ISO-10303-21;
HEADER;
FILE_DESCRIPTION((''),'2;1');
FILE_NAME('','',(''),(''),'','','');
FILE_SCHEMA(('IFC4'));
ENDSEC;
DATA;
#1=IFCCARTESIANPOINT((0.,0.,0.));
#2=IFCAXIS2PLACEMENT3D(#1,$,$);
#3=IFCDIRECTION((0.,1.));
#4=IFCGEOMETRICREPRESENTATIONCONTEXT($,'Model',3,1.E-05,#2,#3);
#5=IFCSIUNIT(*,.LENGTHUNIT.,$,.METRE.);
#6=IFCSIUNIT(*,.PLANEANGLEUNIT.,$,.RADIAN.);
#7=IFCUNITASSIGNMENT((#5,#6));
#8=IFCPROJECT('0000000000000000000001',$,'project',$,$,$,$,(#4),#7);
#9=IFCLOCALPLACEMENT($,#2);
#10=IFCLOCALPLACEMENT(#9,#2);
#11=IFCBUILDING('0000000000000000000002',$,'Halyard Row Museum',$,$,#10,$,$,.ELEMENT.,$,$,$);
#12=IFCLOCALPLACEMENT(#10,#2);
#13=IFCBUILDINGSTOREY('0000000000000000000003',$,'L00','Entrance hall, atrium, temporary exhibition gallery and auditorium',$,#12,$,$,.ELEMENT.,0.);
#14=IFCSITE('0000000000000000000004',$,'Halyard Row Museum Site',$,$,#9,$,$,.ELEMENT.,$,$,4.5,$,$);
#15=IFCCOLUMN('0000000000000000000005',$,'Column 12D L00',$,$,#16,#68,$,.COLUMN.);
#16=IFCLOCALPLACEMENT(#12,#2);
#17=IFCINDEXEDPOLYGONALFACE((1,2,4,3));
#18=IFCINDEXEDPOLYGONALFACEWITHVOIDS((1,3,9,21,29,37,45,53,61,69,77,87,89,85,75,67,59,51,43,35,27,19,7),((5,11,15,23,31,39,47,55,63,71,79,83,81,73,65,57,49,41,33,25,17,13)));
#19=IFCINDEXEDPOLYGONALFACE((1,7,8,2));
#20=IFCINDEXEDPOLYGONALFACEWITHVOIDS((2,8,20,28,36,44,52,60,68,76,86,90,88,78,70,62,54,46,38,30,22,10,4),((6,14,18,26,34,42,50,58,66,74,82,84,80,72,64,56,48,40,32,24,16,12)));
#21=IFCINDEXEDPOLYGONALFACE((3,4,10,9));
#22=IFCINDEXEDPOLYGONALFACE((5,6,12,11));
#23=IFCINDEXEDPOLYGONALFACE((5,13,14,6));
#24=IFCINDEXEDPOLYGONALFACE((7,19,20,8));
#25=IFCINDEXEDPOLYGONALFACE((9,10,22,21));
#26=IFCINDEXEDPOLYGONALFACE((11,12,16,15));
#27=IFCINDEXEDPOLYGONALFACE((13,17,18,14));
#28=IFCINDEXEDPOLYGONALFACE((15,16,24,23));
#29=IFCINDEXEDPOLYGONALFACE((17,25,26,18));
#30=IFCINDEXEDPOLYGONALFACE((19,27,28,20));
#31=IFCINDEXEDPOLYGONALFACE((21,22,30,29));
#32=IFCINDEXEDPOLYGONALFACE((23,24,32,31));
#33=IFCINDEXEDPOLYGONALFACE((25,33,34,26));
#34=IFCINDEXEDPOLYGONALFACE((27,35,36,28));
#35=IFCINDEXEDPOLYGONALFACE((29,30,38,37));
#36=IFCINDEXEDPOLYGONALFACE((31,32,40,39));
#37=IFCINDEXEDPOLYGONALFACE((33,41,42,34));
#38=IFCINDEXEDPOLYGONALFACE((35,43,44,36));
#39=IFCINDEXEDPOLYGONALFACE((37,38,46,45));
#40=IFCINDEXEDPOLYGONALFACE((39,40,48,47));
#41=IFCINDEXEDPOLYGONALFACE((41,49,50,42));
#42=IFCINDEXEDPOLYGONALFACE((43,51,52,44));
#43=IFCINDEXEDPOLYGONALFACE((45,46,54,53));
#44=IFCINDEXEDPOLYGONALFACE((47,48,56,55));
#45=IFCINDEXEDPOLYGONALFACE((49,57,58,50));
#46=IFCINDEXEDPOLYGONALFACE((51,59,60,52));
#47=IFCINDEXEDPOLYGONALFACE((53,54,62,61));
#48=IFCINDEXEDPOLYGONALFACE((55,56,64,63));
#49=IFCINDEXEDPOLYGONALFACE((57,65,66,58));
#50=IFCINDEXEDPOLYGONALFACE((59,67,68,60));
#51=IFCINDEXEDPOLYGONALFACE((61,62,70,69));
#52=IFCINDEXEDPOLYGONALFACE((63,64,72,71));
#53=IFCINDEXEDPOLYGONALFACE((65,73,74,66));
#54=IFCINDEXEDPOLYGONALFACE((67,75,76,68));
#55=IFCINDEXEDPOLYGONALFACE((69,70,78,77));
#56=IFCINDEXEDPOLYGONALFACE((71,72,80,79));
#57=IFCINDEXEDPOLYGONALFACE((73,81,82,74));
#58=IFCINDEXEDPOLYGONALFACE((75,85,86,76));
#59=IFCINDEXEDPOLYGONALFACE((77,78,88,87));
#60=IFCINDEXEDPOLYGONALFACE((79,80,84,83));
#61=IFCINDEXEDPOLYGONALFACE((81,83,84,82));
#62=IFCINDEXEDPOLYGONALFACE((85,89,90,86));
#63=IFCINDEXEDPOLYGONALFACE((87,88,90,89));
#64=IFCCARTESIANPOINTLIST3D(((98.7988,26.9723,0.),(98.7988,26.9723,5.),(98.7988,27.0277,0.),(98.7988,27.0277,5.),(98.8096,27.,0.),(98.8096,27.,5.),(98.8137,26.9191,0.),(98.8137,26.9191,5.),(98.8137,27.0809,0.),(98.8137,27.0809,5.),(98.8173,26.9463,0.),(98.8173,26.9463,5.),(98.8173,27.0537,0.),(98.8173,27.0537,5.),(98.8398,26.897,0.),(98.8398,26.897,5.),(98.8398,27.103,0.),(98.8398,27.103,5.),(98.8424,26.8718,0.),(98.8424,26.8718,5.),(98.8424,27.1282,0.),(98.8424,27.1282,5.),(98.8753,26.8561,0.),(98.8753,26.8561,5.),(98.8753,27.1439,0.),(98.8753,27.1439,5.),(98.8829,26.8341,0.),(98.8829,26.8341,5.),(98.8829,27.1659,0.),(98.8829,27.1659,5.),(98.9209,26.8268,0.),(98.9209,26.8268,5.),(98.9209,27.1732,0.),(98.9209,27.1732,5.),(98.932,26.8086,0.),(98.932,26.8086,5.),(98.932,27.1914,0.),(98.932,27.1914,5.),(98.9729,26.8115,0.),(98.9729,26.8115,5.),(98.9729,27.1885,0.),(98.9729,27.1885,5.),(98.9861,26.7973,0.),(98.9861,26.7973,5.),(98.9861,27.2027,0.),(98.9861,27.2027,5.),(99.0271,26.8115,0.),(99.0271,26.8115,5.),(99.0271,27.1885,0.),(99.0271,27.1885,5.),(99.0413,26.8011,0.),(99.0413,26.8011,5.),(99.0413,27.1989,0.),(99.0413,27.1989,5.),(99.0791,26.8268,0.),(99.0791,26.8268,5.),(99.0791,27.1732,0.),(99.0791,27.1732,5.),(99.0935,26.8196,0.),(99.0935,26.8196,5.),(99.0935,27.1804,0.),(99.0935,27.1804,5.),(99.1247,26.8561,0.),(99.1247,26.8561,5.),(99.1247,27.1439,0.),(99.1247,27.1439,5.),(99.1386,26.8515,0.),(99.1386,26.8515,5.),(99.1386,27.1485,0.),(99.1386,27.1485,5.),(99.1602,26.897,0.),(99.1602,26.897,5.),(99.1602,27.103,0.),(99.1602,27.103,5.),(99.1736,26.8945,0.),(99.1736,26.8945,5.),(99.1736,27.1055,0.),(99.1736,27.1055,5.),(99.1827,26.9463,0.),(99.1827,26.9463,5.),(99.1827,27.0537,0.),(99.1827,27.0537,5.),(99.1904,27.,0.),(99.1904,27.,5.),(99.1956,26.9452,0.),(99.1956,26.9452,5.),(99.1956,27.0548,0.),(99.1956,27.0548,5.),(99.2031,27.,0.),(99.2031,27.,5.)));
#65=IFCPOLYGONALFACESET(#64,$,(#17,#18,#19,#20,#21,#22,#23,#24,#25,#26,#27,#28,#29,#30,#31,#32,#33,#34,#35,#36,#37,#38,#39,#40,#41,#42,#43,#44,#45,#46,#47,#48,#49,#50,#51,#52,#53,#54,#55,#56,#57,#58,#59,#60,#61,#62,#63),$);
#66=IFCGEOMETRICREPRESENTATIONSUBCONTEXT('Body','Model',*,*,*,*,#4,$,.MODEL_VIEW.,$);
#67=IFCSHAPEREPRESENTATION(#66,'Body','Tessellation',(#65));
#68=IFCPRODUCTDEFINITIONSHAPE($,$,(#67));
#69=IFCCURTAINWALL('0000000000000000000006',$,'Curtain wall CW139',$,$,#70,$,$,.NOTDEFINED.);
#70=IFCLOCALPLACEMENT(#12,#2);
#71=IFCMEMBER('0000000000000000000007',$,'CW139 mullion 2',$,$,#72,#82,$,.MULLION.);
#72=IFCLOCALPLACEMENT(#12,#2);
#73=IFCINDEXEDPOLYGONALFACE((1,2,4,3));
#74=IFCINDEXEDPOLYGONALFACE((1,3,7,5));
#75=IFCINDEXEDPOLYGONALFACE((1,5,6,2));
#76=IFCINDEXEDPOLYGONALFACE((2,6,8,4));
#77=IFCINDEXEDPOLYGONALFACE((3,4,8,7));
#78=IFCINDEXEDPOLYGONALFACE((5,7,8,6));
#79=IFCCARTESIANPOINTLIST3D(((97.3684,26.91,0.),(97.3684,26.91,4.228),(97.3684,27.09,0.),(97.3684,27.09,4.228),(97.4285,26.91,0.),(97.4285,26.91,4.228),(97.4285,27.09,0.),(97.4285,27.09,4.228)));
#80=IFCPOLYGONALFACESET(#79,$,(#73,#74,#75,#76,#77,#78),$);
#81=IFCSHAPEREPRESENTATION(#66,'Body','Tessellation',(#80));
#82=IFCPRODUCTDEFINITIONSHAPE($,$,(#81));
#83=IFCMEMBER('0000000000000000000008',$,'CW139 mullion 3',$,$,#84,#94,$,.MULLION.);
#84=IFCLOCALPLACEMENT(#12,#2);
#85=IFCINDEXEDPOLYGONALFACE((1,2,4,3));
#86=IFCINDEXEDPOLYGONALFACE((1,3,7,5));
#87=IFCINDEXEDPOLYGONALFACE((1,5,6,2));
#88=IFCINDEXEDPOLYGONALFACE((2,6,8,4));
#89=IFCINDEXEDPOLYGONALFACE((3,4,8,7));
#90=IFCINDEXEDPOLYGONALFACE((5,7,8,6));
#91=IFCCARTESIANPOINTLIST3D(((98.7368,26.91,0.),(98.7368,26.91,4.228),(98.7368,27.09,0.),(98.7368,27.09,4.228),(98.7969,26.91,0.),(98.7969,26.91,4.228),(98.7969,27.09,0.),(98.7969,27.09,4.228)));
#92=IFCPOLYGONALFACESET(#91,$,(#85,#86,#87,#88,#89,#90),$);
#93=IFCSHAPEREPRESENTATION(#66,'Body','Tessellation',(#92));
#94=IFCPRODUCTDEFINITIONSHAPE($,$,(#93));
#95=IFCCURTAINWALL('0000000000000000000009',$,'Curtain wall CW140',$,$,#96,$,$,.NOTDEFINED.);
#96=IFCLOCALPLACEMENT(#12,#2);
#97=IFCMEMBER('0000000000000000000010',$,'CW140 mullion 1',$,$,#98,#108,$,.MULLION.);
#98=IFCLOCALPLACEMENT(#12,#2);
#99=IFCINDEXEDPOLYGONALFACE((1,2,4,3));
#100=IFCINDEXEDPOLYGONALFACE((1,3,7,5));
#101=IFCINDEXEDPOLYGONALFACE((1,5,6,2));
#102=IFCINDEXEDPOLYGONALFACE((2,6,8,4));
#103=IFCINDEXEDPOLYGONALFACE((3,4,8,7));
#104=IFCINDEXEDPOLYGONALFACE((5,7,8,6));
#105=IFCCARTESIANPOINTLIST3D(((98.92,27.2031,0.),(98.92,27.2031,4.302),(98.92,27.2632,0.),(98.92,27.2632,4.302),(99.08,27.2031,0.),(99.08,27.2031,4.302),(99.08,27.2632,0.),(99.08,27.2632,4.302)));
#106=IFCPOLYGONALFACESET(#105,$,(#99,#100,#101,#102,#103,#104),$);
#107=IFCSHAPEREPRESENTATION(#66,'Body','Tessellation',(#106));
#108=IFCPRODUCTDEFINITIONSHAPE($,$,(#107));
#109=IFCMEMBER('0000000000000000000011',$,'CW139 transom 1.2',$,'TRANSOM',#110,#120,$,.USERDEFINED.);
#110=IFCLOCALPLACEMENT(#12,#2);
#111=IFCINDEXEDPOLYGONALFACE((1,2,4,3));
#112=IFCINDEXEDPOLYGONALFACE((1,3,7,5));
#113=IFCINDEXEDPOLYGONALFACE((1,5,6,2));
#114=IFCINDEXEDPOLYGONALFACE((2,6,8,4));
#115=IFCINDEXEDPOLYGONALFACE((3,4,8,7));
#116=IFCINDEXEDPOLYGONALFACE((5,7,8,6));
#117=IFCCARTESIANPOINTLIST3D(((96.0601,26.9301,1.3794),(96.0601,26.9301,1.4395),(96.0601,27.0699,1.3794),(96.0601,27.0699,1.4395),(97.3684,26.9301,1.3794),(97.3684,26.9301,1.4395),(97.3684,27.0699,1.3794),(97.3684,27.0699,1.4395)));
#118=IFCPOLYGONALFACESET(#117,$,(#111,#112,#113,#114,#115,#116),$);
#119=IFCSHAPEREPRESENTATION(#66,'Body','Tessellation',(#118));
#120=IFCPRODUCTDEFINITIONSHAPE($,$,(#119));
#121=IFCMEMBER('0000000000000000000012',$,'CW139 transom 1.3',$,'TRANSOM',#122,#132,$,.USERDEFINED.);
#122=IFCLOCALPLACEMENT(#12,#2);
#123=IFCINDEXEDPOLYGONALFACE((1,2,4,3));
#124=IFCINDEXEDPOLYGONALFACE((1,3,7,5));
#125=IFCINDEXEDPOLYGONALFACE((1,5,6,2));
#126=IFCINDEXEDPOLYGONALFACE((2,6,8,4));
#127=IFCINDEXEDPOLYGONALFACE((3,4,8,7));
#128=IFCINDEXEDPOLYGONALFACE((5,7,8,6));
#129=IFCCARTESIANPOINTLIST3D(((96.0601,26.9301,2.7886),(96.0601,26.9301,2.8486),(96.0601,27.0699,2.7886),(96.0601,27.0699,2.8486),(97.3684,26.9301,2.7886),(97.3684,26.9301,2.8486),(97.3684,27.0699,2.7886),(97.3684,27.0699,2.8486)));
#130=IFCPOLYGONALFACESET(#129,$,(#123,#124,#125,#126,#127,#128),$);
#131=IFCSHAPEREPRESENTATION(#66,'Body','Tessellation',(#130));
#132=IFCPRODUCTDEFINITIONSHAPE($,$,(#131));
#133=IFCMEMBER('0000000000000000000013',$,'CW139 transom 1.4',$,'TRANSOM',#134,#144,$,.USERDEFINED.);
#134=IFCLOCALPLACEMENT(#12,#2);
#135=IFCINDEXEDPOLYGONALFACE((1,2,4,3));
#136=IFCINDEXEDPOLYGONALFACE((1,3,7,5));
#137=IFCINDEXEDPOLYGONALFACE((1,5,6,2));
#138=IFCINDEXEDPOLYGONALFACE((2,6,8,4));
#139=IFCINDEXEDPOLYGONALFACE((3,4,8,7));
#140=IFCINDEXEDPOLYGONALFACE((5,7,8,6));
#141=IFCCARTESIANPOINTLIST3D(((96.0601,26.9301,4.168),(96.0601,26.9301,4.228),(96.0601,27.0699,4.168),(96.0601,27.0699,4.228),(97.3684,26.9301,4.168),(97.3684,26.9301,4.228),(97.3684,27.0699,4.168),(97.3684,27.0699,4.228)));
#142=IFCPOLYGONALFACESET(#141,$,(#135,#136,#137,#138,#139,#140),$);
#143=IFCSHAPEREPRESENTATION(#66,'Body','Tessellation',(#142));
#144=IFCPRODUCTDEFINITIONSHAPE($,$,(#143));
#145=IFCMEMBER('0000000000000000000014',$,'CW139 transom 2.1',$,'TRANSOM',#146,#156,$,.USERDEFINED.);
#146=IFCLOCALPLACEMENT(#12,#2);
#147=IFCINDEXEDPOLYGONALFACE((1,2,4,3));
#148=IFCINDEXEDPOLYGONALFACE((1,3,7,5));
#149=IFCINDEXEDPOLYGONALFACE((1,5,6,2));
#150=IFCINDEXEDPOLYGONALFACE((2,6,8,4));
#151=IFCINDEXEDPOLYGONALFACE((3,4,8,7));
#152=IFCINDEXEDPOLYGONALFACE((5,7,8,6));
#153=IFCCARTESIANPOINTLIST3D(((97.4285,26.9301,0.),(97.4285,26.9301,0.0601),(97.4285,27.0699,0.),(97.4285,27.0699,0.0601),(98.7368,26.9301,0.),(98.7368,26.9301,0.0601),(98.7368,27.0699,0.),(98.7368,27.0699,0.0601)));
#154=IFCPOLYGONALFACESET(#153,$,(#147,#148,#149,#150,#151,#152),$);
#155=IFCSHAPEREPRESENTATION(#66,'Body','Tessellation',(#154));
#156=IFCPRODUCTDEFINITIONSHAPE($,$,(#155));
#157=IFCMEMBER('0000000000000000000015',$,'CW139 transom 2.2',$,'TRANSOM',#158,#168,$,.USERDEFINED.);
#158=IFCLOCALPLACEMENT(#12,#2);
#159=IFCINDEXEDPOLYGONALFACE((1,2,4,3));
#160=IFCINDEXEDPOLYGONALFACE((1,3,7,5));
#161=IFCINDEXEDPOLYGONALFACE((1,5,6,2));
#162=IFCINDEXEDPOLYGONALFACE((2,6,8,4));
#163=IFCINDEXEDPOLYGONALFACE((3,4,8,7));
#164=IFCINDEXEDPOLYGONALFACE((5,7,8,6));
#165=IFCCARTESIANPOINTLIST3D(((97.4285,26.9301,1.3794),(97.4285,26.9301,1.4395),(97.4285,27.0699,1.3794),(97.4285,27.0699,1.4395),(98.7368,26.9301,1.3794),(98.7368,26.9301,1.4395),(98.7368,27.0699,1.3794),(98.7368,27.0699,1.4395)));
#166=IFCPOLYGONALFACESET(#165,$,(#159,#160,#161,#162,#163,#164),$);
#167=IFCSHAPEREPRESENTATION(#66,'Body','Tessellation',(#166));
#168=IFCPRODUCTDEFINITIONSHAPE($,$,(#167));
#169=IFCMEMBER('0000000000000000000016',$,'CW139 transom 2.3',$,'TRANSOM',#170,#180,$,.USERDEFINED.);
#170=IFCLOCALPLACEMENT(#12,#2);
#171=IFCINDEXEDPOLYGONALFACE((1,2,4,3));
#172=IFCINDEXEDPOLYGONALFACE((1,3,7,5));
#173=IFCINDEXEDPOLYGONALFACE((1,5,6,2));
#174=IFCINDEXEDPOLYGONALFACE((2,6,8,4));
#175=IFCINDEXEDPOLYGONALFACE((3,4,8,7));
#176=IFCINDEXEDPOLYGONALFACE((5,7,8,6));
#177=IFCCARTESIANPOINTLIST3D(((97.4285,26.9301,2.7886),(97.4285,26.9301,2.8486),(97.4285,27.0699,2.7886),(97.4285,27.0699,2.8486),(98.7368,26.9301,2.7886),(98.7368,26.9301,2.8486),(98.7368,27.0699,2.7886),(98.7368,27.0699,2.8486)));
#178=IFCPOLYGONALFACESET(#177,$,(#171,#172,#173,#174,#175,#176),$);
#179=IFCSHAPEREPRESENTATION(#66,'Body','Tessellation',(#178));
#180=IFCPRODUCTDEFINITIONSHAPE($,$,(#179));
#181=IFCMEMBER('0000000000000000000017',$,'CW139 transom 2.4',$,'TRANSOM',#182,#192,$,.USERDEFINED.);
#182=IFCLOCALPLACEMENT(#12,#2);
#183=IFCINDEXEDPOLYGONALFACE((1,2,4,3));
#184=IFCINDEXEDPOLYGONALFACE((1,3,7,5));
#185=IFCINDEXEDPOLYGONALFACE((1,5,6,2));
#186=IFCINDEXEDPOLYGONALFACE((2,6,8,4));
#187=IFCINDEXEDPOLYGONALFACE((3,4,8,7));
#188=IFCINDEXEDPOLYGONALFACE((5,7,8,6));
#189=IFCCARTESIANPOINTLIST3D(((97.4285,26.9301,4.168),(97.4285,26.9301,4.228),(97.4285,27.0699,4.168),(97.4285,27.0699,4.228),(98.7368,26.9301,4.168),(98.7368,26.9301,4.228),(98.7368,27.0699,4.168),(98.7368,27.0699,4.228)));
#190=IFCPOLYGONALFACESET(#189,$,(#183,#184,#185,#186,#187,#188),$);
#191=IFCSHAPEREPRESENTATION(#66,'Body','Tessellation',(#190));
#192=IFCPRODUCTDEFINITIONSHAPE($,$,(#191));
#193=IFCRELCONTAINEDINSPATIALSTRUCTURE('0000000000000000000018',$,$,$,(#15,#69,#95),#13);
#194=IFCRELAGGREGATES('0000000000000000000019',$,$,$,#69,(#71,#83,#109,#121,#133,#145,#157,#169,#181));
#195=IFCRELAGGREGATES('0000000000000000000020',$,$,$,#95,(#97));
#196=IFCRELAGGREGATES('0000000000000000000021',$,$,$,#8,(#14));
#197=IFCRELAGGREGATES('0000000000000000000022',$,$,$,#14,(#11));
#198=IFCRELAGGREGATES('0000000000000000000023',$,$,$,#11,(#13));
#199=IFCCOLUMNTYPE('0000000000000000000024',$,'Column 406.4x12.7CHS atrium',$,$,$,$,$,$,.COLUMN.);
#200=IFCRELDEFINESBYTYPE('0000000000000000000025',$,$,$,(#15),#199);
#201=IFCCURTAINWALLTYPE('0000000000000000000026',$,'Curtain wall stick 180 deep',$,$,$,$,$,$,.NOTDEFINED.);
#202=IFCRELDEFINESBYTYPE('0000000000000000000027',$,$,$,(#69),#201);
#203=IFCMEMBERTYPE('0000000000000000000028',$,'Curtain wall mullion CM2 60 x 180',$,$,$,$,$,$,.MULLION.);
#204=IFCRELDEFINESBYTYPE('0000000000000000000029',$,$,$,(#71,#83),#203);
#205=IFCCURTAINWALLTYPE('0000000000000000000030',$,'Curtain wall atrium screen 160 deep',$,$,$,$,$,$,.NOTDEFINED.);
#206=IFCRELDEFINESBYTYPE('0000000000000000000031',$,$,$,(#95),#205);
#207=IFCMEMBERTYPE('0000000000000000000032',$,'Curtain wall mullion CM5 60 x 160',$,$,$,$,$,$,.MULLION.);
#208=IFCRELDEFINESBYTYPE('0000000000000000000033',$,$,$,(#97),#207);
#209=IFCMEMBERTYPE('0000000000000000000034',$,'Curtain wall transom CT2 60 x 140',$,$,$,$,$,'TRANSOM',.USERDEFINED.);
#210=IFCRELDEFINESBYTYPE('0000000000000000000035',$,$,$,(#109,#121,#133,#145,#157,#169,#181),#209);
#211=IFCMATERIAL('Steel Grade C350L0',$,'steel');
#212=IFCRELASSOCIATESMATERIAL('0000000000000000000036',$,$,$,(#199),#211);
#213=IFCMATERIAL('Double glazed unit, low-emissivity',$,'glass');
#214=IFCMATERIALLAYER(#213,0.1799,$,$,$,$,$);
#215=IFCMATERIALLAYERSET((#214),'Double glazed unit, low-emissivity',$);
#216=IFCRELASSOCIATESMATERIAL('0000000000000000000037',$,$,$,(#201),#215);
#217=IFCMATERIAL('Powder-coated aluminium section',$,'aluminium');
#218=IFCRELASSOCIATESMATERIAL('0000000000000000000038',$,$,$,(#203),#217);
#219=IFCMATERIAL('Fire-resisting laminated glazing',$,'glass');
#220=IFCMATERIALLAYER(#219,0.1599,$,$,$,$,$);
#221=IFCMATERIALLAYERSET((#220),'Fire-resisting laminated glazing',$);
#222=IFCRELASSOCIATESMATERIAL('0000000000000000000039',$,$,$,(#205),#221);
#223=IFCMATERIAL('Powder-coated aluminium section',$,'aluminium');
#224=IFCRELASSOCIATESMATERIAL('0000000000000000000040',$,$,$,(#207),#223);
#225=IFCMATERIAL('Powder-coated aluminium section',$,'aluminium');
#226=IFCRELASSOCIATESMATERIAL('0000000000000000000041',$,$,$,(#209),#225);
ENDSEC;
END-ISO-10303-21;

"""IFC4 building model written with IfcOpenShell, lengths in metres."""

from ifc_helpers import new_model, si_unit, direction, frame, origin, origin_2d, place, context, subcontext, project, spatial, rectangle, hollow_circle, extrude, material, layer, layer_set, material_profile, profile_set, type_object, element, aggregate, save


model = new_model("IFC4")

# Units and contexts
model_context = context("Model", 3, precision=1e-05, world=origin(), true_north=direction((0.0, 1.0)))
body_context = subcontext(model_context, "Body", "Model", "MODEL_VIEW")
ifc_project = project(units=[si_unit("LENGTHUNIT", "METRE"), si_unit("PLANEANGLEUNIT", "RADIAN")], contexts=[model_context])

# Site, building, storey
site_placement = place(None, origin())
site = spatial("IfcSite", under=ifc_project, at=site_placement, Name="Halyard Row Museum Site", CompositionType="ELEMENT", RefElevation=4.5)
building_placement = place(site_placement, origin())
building = spatial("IfcBuilding", under=site, at=building_placement, Name="Halyard Row Museum", CompositionType="ELEMENT")
storey_placement = place(building_placement, origin())
storey = spatial("IfcBuildingStorey", under=building, at=storey_placement, Name="L00", Description="Entrance hall, atrium, temporary exhibition gallery and auditorium", CompositionType="ELEMENT", Elevation=0.0)

# Column
ifc_material_1 = material(Name="Steel Grade C350L0", Category="steel")
ifc_material_profile_1 = material_profile(ifc_material_1, hollow_circle(Radius=0.2031, WallThickness=0.0127, at=origin_2d()), Name="406.4x12.7CHS")
ifc_profile_set_1 = profile_set([ifc_material_profile_1], Name="Steel Grade C350L0")
column_type = type_object("IfcColumnType", Name="Column 406.4x12.7CHS atrium", PredefinedType="COLUMN", material=ifc_profile_set_1)
column_placement = place(storey_placement, frame((99.0, 27.0, 0.0), z_axis=(0.0, 0.0, 1.0), x_axis=(1.0, 0.0, 0.0)))
element("IfcColumn", 1, at=column_placement, inside=storey, type_object=column_type, Name="Column 12D L00", PredefinedType="COLUMN", context=body_context, shape_type="SweptSolid", body=[
    extrude(hollow_circle(Radius=0.2031, WallThickness=0.0127, at=origin_2d()), origin(), (0.0, 0.0, 1.0), 5.0),
])

# Curtain wall, members
ifc_material_2 = material(Name="Double glazed unit, low-emissivity", Category="glass")
ifc_layer_1 = layer(ifc_material_2, 0.1799)
ifc_layer_set_1 = layer_set([ifc_layer_1], Name="Double glazed unit, low-emissivity")
curtain_wall_type_1 = type_object("IfcCurtainWallType", Name="Curtain wall stick 180 deep", PredefinedType="NOTDEFINED", material=ifc_layer_set_1)
curtain_wall_1_placement = place(storey_placement, origin())
curtain_wall_1 = element("IfcCurtainWall", 2, at=curtain_wall_1_placement, inside=storey, type_object=curtain_wall_type_1, Name="Curtain wall CW139", PredefinedType="NOTDEFINED")
ifc_material_3 = material(Name="Powder-coated aluminium section", Category="aluminium")
ifc_material_profile_2 = material_profile(ifc_material_3, rectangle(XDim=0.1799, YDim=0.0601, at=origin_2d()), Name="180x60 mullion")
ifc_profile_set_2 = profile_set([ifc_material_profile_2], Name="Powder-coated aluminium section")
member_type_1 = type_object("IfcMemberType", Name="Curtain wall mullion CM2 60 x 180", PredefinedType="MULLION", material=ifc_profile_set_2)
member_1_placement = place(storey_placement, frame((97.3984, 27.0, 0.0), z_axis=(0.0, 0.0, 1.0), x_axis=(0.0, 1.0, 0.0)))
member_1 = element("IfcMember", 3, at=member_1_placement, type_object=member_type_1, Name="CW139 mullion 2", PredefinedType="MULLION", context=body_context, shape_type="SweptSolid", body=[
    extrude(rectangle(XDim=0.1799, YDim=0.0601, at=origin_2d()), origin(), (0.0, 0.0, 1.0), 4.228),
])
member_2_placement = place(storey_placement, frame((98.7668, 27.0, 0.0), z_axis=(0.0, 0.0, 1.0), x_axis=(0.0, 1.0, 0.0)))
member_2 = element("IfcMember", 4, at=member_2_placement, type_object=member_type_1, Name="CW139 mullion 3", PredefinedType="MULLION", context=body_context, shape_type="SweptSolid", body=[
    extrude(rectangle(XDim=0.1799, YDim=0.0601, at=origin_2d()), origin(), (0.0, 0.0, 1.0), 4.228),
])

# Curtain wall, member
ifc_material_4 = material(Name="Fire-resisting laminated glazing", Category="glass")
ifc_layer_2 = layer(ifc_material_4, 0.1599)
ifc_layer_set_2 = layer_set([ifc_layer_2], Name="Fire-resisting laminated glazing")
curtain_wall_type_2 = type_object("IfcCurtainWallType", Name="Curtain wall atrium screen 160 deep", PredefinedType="NOTDEFINED", material=ifc_layer_set_2)
curtain_wall_2_placement = place(storey_placement, origin())
curtain_wall_2 = element("IfcCurtainWall", 5, at=curtain_wall_2_placement, inside=storey, type_object=curtain_wall_type_2, Name="Curtain wall CW140", PredefinedType="NOTDEFINED")
ifc_material_5 = material(Name="Powder-coated aluminium section", Category="aluminium")
ifc_material_profile_3 = material_profile(ifc_material_5, rectangle(XDim=0.1599, YDim=0.0601, at=origin_2d()), Name="160x60 mullion")
ifc_profile_set_3 = profile_set([ifc_material_profile_3], Name="Powder-coated aluminium section")
member_type_2 = type_object("IfcMemberType", Name="Curtain wall mullion CM5 60 x 160", PredefinedType="MULLION", material=ifc_profile_set_3)
member_3_placement = place(storey_placement, frame((99.0, 27.2332, 0.0), z_axis=(0.0, 0.0, 1.0), x_axis=(-1.0, 0.0, 0.0)))
member_3 = element("IfcMember", 6, at=member_3_placement, type_object=member_type_2, Name="CW140 mullion 1", PredefinedType="MULLION", context=body_context, shape_type="SweptSolid", body=[
    extrude(rectangle(XDim=0.1599, YDim=0.0601, at=origin_2d()), origin(), (0.0, 0.0, 1.0), 4.302),
])

# Members
ifc_material_6 = material(Name="Powder-coated aluminium section", Category="aluminium")
ifc_material_profile_4 = material_profile(ifc_material_6, rectangle(XDim=0.1399, YDim=0.0601, at=origin_2d()), Name="140x60 transom")
ifc_profile_set_4 = profile_set([ifc_material_profile_4], Name="Powder-coated aluminium section")
member_type_3 = type_object("IfcMemberType", Name="Curtain wall transom CT2 60 x 140", ElementType="TRANSOM", PredefinedType="USERDEFINED", material=ifc_profile_set_4)
member_4_placement = place(storey_placement, frame((96.0601, 27.0, 1.4094), z_axis=(1.0, 0.0, 0.0), x_axis=(0.0, 1.0, 0.0)))
member_4 = element("IfcMember", 7, at=member_4_placement, type_object=member_type_3, Name="CW139 transom 1.2", ObjectType="TRANSOM", PredefinedType="USERDEFINED", context=body_context, shape_type="SweptSolid", body=[
    extrude(rectangle(XDim=0.1399, YDim=0.0601, at=origin_2d()), origin(), (0.0, 0.0, 1.0), 1.3083),
])
member_5_placement = place(storey_placement, frame((96.0601, 27.0, 2.8186), z_axis=(1.0, 0.0, 0.0), x_axis=(0.0, 1.0, 0.0)))
member_5 = element("IfcMember", 8, at=member_5_placement, type_object=member_type_3, Name="CW139 transom 1.3", ObjectType="TRANSOM", PredefinedType="USERDEFINED", context=body_context, shape_type="SweptSolid", body=[
    extrude(rectangle(XDim=0.1399, YDim=0.0601, at=origin_2d()), origin(), (0.0, 0.0, 1.0), 1.3083),
])
member_6_placement = place(storey_placement, frame((96.0601, 27.0, 4.198), z_axis=(1.0, 0.0, 0.0), x_axis=(0.0, 1.0, 0.0)))
member_6 = element("IfcMember", 9, at=member_6_placement, type_object=member_type_3, Name="CW139 transom 1.4", ObjectType="TRANSOM", PredefinedType="USERDEFINED", context=body_context, shape_type="SweptSolid", body=[
    extrude(rectangle(XDim=0.1399, YDim=0.0601, at=origin_2d()), origin(), (0.0, 0.0, 1.0), 1.3083),
])
member_7_placement = place(storey_placement, frame((97.4285, 27.0, 0.03), z_axis=(1.0, 0.0, 0.0), x_axis=(0.0, 1.0, 0.0)))
member_7 = element("IfcMember", 10, at=member_7_placement, type_object=member_type_3, Name="CW139 transom 2.1", ObjectType="TRANSOM", PredefinedType="USERDEFINED", context=body_context, shape_type="SweptSolid", body=[
    extrude(rectangle(XDim=0.1399, YDim=0.0601, at=origin_2d()), origin(), (0.0, 0.0, 1.0), 1.3083),
])
member_8_placement = place(storey_placement, frame((97.4285, 27.0, 1.4094), z_axis=(1.0, 0.0, 0.0), x_axis=(0.0, 1.0, 0.0)))
member_8 = element("IfcMember", 11, at=member_8_placement, type_object=member_type_3, Name="CW139 transom 2.2", ObjectType="TRANSOM", PredefinedType="USERDEFINED", context=body_context, shape_type="SweptSolid", body=[
    extrude(rectangle(XDim=0.1399, YDim=0.0601, at=origin_2d()), origin(), (0.0, 0.0, 1.0), 1.3083),
])
member_9_placement = place(storey_placement, frame((97.4285, 27.0, 2.8186), z_axis=(1.0, 0.0, 0.0), x_axis=(0.0, 1.0, 0.0)))
member_9 = element("IfcMember", 12, at=member_9_placement, type_object=member_type_3, Name="CW139 transom 2.3", ObjectType="TRANSOM", PredefinedType="USERDEFINED", context=body_context, shape_type="SweptSolid", body=[
    extrude(rectangle(XDim=0.1399, YDim=0.0601, at=origin_2d()), origin(), (0.0, 0.0, 1.0), 1.3083),
])
member_10_placement = place(storey_placement, frame((97.4285, 27.0, 4.198), z_axis=(1.0, 0.0, 0.0), x_axis=(0.0, 1.0, 0.0)))
member_10 = element("IfcMember", 13, at=member_10_placement, type_object=member_type_3, Name="CW139 transom 2.4", ObjectType="TRANSOM", PredefinedType="USERDEFINED", context=body_context, shape_type="SweptSolid", body=[
    extrude(rectangle(XDim=0.1399, YDim=0.0601, at=origin_2d()), origin(), (0.0, 0.0, 1.0), 1.3083),
])

aggregate(curtain_wall_1, [member_1, member_2, member_4, member_5, member_6, member_7, member_8, member_9, member_10])
aggregate(curtain_wall_2, [member_3])

save(model, "model.ifc")
